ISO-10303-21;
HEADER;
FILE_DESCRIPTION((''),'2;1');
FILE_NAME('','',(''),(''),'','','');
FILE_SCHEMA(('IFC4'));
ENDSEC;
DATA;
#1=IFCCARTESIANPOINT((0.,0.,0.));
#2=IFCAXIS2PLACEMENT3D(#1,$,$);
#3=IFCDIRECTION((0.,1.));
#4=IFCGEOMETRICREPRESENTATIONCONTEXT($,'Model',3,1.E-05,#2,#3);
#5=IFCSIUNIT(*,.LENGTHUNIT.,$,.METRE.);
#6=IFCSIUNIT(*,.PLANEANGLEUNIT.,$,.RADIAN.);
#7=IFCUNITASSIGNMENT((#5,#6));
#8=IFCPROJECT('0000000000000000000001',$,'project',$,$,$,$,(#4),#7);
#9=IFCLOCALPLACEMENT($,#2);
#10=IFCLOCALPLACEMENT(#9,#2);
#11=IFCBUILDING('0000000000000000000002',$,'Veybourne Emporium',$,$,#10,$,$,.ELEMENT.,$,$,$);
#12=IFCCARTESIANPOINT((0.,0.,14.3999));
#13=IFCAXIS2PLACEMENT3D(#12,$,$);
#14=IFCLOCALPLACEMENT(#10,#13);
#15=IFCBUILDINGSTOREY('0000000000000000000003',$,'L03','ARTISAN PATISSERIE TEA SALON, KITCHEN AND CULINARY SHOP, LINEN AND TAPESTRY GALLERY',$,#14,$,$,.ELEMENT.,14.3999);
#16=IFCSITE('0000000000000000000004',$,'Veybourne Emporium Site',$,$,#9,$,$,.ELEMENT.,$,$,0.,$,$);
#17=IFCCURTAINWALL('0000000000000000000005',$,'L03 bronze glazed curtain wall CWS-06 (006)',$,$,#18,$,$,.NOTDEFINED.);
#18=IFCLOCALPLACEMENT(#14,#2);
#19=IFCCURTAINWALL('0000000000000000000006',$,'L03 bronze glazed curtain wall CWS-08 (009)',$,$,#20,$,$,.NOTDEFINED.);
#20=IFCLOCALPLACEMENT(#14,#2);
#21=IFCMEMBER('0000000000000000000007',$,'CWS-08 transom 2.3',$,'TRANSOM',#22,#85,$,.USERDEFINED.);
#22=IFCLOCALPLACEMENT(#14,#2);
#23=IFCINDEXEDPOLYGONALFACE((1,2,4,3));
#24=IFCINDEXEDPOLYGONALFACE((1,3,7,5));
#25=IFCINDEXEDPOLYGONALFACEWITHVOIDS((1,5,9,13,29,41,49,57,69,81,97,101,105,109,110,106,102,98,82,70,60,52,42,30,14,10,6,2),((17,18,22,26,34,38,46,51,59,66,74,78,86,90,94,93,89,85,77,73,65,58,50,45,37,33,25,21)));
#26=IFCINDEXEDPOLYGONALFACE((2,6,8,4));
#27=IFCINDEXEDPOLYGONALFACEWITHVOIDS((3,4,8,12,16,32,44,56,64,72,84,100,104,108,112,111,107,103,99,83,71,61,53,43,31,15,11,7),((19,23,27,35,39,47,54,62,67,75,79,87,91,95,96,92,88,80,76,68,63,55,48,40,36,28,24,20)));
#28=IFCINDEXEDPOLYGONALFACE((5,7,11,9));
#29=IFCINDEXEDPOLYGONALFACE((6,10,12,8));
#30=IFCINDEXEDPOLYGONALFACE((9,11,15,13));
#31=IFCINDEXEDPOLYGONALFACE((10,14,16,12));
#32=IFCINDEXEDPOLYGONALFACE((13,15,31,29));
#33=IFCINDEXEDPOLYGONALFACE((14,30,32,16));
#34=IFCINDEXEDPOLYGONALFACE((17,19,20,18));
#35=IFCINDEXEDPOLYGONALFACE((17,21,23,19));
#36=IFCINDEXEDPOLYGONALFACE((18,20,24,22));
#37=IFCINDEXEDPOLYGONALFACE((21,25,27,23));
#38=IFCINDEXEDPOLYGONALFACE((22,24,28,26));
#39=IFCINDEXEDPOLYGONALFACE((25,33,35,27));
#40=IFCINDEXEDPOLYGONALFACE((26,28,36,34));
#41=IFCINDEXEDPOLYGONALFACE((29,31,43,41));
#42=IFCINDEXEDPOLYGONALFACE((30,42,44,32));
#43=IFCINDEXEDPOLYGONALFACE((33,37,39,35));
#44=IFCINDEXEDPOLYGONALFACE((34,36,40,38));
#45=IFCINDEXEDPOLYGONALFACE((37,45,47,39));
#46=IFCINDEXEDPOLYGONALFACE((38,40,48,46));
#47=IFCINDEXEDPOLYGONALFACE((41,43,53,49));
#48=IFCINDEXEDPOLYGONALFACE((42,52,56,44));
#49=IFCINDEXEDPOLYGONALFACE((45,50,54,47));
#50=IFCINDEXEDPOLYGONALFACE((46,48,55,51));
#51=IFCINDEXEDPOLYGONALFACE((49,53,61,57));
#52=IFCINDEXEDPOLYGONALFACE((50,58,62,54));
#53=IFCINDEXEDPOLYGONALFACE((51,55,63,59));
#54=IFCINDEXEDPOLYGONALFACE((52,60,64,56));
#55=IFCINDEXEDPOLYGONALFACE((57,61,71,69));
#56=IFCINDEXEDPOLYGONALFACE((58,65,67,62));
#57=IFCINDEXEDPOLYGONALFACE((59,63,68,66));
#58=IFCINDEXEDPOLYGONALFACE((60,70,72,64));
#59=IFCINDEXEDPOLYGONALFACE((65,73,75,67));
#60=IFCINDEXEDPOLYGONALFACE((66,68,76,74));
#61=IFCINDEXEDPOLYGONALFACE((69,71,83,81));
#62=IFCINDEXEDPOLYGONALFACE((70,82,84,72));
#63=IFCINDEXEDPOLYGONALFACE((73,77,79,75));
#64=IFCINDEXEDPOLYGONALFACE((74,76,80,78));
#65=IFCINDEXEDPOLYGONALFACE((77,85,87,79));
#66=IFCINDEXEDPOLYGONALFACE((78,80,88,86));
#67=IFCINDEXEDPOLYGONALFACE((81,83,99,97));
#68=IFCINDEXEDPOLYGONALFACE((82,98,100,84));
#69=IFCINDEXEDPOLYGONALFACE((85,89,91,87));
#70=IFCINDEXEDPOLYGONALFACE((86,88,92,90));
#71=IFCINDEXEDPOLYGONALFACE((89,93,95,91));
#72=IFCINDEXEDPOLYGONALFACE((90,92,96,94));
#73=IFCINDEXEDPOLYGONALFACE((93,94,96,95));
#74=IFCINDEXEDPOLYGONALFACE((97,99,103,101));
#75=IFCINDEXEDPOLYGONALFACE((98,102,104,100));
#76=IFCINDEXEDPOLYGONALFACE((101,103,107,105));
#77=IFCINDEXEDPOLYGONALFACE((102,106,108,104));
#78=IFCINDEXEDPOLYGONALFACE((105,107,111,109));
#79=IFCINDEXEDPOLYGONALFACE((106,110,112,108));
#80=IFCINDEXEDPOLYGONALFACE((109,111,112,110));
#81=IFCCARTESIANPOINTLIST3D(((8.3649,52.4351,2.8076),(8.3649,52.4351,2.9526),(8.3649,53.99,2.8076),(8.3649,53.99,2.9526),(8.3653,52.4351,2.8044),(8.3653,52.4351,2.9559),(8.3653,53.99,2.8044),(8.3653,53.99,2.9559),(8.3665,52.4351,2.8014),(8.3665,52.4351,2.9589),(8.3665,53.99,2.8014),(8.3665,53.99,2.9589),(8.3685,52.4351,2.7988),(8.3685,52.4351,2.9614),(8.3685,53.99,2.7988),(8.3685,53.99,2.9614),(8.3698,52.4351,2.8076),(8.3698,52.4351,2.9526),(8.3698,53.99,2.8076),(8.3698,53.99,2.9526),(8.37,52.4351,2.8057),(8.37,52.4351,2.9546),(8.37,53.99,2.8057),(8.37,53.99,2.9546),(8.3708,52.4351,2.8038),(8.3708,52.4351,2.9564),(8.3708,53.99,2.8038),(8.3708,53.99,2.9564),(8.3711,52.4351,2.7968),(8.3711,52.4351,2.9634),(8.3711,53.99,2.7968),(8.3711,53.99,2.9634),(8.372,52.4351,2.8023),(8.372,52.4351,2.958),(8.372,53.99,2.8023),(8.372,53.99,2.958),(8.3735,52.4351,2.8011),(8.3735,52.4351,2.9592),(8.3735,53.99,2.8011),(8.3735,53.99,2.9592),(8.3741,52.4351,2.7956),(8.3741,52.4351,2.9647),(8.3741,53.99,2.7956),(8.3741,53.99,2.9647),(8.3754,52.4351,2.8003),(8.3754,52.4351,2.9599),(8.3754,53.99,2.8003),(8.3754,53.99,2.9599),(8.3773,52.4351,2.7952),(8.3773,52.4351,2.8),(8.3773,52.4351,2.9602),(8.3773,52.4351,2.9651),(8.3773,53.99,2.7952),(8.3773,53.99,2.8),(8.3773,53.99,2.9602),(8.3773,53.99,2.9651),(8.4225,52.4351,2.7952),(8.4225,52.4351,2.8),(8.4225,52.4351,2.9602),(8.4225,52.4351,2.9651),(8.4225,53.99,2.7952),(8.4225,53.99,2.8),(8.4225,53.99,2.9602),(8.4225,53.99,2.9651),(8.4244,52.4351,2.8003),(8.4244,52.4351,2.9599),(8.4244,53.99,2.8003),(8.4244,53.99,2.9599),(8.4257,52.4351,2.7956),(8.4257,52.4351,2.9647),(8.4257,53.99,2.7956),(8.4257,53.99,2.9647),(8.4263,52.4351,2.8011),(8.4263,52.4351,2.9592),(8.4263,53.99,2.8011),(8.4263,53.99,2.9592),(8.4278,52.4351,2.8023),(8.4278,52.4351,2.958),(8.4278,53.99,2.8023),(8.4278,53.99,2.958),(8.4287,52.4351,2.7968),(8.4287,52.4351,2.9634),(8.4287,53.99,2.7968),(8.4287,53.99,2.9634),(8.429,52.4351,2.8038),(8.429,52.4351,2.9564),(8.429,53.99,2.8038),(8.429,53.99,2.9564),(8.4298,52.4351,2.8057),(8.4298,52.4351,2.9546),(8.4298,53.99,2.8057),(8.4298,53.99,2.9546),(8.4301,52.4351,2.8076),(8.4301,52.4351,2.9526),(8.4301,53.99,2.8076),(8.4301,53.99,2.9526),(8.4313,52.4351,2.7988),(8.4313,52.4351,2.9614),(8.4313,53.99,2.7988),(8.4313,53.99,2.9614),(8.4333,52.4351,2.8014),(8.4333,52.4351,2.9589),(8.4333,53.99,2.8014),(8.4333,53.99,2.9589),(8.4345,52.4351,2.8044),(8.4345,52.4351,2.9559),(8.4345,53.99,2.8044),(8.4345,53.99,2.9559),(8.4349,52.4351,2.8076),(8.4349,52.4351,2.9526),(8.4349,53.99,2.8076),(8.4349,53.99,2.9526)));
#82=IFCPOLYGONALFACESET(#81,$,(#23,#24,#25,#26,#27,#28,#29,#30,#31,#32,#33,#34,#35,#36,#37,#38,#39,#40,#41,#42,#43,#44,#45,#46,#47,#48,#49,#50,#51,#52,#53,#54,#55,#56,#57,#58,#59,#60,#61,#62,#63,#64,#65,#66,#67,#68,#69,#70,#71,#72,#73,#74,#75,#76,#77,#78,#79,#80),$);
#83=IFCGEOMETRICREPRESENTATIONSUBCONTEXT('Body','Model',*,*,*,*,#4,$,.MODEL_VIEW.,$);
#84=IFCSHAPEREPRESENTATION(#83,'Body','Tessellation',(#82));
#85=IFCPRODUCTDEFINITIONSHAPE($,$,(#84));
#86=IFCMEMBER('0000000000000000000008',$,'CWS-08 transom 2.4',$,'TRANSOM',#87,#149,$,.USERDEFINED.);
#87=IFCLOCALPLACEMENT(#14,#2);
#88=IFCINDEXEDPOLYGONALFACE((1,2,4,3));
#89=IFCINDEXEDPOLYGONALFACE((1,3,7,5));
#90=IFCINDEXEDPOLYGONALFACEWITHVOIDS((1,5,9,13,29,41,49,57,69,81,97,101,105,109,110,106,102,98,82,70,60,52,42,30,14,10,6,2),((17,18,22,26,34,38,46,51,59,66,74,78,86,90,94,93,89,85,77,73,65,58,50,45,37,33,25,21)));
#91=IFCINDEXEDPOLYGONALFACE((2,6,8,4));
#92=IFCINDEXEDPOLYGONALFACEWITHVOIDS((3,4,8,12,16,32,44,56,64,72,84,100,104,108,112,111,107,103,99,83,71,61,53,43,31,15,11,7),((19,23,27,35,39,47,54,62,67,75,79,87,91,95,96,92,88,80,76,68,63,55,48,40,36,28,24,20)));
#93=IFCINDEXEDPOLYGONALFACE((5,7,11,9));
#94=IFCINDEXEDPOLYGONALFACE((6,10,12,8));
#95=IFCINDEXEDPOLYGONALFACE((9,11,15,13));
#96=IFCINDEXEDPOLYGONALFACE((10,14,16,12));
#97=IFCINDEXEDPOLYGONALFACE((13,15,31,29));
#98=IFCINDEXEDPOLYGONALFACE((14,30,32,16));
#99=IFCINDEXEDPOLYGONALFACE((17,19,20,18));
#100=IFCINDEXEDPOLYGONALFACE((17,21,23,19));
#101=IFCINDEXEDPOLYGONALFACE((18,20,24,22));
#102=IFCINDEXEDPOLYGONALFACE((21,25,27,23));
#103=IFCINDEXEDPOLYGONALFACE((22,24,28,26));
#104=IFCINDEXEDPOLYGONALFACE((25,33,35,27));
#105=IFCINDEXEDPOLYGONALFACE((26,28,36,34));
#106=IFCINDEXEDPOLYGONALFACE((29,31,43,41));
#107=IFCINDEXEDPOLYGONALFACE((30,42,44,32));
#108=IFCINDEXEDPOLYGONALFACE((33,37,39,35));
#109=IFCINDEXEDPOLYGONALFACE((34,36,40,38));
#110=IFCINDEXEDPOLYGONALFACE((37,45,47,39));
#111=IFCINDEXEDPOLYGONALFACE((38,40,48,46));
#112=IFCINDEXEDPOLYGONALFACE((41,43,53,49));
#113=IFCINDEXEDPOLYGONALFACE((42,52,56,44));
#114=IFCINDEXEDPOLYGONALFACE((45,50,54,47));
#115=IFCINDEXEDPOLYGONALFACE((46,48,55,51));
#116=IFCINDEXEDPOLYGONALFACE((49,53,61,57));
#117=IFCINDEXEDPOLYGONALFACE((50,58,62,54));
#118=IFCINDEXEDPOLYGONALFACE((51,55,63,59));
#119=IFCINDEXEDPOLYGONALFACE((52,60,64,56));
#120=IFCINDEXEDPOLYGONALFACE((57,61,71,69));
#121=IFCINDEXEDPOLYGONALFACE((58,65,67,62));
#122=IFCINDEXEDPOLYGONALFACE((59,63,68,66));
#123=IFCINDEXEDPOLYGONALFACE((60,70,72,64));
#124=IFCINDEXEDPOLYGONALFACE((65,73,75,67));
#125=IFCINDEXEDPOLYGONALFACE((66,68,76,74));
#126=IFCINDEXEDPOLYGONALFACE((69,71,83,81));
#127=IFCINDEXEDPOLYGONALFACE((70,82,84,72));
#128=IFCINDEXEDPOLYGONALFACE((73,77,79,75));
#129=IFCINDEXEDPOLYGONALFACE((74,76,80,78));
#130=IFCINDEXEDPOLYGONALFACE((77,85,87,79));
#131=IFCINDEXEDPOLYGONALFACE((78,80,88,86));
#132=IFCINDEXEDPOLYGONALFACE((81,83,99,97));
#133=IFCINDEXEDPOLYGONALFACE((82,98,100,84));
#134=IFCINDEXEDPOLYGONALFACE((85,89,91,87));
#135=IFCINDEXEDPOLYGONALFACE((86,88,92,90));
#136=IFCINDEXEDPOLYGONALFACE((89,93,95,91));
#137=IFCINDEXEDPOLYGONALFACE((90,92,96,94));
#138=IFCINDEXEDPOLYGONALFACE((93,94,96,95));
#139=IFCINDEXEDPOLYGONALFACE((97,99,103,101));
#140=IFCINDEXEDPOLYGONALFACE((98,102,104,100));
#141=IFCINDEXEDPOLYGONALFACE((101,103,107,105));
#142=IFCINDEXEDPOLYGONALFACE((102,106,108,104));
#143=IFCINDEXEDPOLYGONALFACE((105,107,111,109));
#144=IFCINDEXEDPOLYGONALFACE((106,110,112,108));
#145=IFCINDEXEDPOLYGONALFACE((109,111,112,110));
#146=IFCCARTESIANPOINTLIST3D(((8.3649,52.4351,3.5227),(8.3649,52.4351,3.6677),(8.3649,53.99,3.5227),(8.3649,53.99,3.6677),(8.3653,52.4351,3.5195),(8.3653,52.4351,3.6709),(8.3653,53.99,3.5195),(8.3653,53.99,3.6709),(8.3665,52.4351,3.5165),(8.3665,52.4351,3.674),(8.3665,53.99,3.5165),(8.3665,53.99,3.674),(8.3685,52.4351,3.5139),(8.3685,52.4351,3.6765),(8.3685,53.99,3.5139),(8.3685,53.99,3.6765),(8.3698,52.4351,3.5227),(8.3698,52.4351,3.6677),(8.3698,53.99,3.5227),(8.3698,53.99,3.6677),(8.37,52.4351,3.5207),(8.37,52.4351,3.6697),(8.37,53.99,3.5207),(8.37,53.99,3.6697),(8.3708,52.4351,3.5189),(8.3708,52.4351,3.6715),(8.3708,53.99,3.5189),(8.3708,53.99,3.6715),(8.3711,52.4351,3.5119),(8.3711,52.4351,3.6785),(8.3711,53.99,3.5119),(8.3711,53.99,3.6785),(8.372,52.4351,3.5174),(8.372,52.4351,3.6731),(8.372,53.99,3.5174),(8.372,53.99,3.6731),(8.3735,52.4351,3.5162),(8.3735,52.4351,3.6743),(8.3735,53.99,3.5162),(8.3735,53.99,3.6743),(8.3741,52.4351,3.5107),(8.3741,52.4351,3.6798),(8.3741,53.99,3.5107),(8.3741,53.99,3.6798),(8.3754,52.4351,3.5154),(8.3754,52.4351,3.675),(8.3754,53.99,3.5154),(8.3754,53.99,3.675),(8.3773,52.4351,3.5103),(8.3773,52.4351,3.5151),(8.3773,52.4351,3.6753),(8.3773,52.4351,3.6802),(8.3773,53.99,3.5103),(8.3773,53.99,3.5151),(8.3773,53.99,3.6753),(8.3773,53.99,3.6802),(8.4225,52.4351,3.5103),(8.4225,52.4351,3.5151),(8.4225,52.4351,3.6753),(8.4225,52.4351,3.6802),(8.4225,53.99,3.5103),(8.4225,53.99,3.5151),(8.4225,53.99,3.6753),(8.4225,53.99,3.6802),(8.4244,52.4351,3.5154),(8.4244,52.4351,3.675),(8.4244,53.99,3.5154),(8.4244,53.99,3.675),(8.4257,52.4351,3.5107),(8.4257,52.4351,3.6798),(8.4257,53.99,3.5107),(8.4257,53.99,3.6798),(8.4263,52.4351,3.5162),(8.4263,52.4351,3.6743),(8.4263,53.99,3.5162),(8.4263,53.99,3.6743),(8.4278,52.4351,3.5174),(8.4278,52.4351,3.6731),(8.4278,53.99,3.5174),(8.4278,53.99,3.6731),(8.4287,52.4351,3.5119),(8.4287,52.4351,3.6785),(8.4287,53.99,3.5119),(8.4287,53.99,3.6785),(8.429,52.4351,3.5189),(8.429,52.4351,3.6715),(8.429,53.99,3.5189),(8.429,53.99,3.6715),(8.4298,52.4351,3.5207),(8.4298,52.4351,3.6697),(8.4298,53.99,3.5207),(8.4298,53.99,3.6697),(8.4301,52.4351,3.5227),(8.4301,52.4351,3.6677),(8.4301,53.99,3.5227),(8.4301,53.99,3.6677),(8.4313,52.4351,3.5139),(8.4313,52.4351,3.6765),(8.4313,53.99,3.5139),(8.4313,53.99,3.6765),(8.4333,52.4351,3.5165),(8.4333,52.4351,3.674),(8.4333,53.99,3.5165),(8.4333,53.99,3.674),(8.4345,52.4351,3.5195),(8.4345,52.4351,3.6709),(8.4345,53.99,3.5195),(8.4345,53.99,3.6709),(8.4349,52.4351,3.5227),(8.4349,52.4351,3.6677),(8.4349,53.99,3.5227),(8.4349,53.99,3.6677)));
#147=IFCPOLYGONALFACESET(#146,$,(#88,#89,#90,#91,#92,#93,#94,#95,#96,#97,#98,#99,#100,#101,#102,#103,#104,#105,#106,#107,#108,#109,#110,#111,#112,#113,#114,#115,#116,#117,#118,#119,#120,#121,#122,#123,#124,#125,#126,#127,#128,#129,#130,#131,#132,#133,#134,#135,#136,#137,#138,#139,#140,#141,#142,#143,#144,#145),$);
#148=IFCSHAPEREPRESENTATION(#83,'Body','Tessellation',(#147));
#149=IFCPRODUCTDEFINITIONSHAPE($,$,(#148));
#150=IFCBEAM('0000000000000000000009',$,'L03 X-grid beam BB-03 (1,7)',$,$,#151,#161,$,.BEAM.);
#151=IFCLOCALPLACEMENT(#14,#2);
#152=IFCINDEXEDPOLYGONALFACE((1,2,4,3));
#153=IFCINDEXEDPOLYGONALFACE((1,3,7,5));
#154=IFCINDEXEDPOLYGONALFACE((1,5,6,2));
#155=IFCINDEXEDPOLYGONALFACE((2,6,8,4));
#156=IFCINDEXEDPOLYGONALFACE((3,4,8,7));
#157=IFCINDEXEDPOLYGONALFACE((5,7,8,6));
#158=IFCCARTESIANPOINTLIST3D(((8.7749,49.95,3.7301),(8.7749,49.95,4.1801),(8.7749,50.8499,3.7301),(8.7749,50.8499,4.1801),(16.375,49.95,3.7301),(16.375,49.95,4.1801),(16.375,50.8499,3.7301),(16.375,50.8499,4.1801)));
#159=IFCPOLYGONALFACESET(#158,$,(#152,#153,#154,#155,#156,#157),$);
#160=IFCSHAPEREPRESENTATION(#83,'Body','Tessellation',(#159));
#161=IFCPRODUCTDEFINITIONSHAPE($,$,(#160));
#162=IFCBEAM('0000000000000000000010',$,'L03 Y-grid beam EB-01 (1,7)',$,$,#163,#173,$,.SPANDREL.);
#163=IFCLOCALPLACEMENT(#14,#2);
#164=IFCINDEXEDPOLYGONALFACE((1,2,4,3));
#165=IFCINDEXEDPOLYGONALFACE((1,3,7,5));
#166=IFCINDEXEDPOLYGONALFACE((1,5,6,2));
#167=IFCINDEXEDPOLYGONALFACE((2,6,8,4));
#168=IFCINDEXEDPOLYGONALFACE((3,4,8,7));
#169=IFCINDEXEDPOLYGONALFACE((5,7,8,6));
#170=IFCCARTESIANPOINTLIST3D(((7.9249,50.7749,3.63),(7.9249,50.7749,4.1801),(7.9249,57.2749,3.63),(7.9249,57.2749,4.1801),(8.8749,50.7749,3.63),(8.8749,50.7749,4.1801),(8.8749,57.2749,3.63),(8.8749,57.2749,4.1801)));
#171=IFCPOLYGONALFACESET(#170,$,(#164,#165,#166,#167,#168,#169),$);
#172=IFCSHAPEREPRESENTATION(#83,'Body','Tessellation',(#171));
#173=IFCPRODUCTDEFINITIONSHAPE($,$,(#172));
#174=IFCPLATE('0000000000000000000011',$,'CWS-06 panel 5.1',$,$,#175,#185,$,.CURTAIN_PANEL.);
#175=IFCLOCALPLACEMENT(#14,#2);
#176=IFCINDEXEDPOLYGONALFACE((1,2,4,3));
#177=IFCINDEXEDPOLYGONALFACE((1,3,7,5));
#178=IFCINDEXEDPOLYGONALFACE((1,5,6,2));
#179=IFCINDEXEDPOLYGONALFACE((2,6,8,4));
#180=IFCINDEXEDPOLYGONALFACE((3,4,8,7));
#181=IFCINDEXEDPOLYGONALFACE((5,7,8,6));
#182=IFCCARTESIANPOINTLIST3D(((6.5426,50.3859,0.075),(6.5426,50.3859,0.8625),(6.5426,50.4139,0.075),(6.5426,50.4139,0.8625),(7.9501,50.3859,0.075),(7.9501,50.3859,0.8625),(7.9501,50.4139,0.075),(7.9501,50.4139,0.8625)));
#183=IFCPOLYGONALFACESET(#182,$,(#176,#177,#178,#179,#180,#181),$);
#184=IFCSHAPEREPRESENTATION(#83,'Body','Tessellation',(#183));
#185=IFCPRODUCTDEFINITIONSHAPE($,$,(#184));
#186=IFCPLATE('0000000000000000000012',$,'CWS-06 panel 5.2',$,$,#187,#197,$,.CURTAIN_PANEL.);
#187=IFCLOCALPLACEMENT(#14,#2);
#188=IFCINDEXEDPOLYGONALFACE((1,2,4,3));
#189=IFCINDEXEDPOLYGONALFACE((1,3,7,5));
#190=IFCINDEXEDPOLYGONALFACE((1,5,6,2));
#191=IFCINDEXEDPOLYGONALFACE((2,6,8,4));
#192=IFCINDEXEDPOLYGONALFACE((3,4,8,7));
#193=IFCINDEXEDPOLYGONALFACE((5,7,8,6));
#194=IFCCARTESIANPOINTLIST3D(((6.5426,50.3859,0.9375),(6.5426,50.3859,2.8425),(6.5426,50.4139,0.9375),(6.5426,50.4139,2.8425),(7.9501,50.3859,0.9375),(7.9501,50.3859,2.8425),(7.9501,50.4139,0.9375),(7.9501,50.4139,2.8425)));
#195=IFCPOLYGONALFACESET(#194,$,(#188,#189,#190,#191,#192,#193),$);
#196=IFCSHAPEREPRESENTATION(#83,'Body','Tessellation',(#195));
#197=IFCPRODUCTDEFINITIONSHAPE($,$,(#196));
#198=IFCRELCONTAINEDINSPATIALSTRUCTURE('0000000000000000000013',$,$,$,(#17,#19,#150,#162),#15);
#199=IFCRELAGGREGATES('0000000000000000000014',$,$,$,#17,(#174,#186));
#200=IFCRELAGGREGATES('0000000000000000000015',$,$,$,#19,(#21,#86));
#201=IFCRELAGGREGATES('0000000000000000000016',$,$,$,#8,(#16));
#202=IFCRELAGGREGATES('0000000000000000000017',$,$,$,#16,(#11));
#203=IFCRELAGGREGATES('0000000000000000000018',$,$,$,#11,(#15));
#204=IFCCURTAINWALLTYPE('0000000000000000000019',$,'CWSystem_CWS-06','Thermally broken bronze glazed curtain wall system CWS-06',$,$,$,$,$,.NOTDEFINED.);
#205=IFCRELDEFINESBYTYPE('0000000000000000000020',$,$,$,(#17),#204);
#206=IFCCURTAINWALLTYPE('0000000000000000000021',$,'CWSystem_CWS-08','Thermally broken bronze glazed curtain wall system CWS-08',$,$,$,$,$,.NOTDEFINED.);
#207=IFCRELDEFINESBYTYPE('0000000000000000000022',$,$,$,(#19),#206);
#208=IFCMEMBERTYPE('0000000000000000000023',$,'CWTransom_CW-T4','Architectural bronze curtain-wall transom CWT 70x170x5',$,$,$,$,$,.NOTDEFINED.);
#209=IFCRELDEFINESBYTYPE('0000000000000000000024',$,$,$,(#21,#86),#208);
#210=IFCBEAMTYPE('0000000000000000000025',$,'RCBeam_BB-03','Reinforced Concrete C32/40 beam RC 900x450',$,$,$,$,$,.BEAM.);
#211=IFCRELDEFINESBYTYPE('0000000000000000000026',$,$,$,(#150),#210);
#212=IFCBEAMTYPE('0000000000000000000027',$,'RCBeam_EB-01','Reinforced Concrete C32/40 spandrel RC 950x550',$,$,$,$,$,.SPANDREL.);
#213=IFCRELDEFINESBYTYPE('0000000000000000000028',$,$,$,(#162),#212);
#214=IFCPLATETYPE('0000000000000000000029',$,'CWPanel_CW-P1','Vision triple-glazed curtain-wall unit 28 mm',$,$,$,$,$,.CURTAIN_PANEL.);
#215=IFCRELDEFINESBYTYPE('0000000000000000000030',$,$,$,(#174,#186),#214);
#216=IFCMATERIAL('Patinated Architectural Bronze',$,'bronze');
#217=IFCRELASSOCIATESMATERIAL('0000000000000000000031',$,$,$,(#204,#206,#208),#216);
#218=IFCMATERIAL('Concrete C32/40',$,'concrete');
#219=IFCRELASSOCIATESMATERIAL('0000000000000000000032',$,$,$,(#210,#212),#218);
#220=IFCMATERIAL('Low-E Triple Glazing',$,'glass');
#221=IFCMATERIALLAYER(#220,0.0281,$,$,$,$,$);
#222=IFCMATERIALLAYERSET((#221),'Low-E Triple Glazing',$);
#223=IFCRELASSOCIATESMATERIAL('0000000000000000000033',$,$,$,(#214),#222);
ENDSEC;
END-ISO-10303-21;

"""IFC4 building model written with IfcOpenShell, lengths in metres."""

from ifc_helpers import new_model, si_unit, direction, frame, origin, origin_2d, place, context, subcontext, project, spatial, rectangle, hollow_rectangle, extrude, material, layer, layer_set, material_profile, profile_set, type_object, element, aggregate, save


model = new_model("IFC4")

# Units and contexts
model_context = context("Model", 3, precision=1e-05, world=origin(), true_north=direction((0.0, 1.0)))
body_context = subcontext(model_context, "Body", "Model", "MODEL_VIEW")
ifc_project = project(units=[si_unit("LENGTHUNIT", "METRE"), si_unit("PLANEANGLEUNIT", "RADIAN")], contexts=[model_context])

# Site, building, storey
site_placement = place(None, origin())
site = spatial("IfcSite", under=ifc_project, at=site_placement, Name="Veybourne Emporium Site", CompositionType="ELEMENT", RefElevation=0.0)
building_placement = place(site_placement, origin())
building = spatial("IfcBuilding", under=site, at=building_placement, Name="Veybourne Emporium", CompositionType="ELEMENT")
storey_placement = place(building_placement, frame((0.0, 0.0, 14.3999)))
storey = spatial("IfcBuildingStorey", under=building, at=storey_placement, Name="L03", Description="ARTISAN PATISSERIE TEA SALON, KITCHEN AND CULINARY SHOP, LINEN AND TAPESTRY GALLERY", CompositionType="ELEMENT", Elevation=14.3999)

# Curtain walls
ifc_material_1 = material(Name="Patinated Architectural Bronze", Category="bronze")
curtain_wall_type_1 = type_object("IfcCurtainWallType", Name="CWSystem_CWS-06", Description="Thermally broken bronze glazed curtain wall system CWS-06", PredefinedType="NOTDEFINED", material=ifc_material_1)
curtain_wall_1_placement = place(storey_placement, origin())
curtain_wall_1 = element("IfcCurtainWall", 1, at=curtain_wall_1_placement, inside=storey, type_object=curtain_wall_type_1, Name="L03 bronze glazed curtain wall CWS-06 (006)", PredefinedType="NOTDEFINED")
curtain_wall_type_2 = type_object("IfcCurtainWallType", Name="CWSystem_CWS-08", Description="Thermally broken bronze glazed curtain wall system CWS-08", PredefinedType="NOTDEFINED", material=ifc_material_1)
curtain_wall_2_placement = place(storey_placement, origin())
curtain_wall_2 = element("IfcCurtainWall", 2, at=curtain_wall_2_placement, inside=storey, type_object=curtain_wall_type_2, Name="L03 bronze glazed curtain wall CWS-08 (009)", PredefinedType="NOTDEFINED")

# Members
ifc_material_profile_1 = material_profile(ifc_material_1, hollow_rectangle(XDim=0.0701, YDim=0.1699, WallThickness=0.0049, InnerFilletRadius=0.0076, OuterFilletRadius=0.0125, at=origin_2d()), Name="CWT 70x170x5")
ifc_profile_set_1 = profile_set([ifc_material_profile_1], Name="Patinated Architectural Bronze")
member_type_1 = type_object("IfcMemberType", Name="CWTransom_CW-T4", Description="Architectural bronze curtain-wall transom CWT 70x170x5", PredefinedType="NOTDEFINED", material=ifc_profile_set_1)
member_1_placement = place(storey_placement, frame((8.3999, 52.4351, 2.8801), z_axis=(0.0, 1.0, 0.0), x_axis=(-1.0, 0.0, 0.0)))
member_1 = element("IfcMember", 3, at=member_1_placement, type_object=member_type_1, Name="CWS-08 transom 2.3", ObjectType="TRANSOM", PredefinedType="USERDEFINED", context=body_context, shape_type="SweptSolid", body=[
    extrude(hollow_rectangle(XDim=0.0701, YDim=0.1699, WallThickness=0.0049, InnerFilletRadius=0.0076, OuterFilletRadius=0.0125, at=origin_2d()), origin(), (0.0, 0.0, 1.0), 1.5549),
])
member_2_placement = place(storey_placement, frame((8.3999, 52.4351, 3.5952), z_axis=(0.0, 1.0, 0.0), x_axis=(-1.0, 0.0, 0.0)))
member_2 = element("IfcMember", 4, at=member_2_placement, type_object=member_type_1, Name="CWS-08 transom 2.4", ObjectType="TRANSOM", PredefinedType="USERDEFINED", context=body_context, shape_type="SweptSolid", body=[
    extrude(hollow_rectangle(XDim=0.0701, YDim=0.1699, WallThickness=0.0049, InnerFilletRadius=0.0076, OuterFilletRadius=0.0125, at=origin_2d()), origin(), (0.0, 0.0, 1.0), 1.5549),
])

# Beams
ifc_material_2 = material(Name="Concrete C32/40", Category="concrete")
ifc_material_profile_2 = material_profile(ifc_material_2, rectangle(XDim=0.8999, YDim=0.45, at=origin_2d()), Name="RC 900x450")
ifc_profile_set_2 = profile_set([ifc_material_profile_2], Name="Concrete C32/40")
beam_type_1 = type_object("IfcBeamType", Name="RCBeam_BB-03", Description="Reinforced Concrete C32/40 beam RC 900x450", PredefinedType="BEAM", material=ifc_profile_set_2)
beam_1_placement = place(storey_placement, frame((8.7749, 50.3999, 3.9551), z_axis=(1.0, 0.0, 0.0), x_axis=(0.0, 1.0, 0.0)))
element("IfcBeam", 5, at=beam_1_placement, inside=storey, type_object=beam_type_1, Name="L03 X-grid beam BB-03 (1,7)", PredefinedType="BEAM", context=body_context, shape_type="SweptSolid", body=[
    extrude(rectangle(XDim=0.8999, YDim=0.45, at=origin_2d()), origin(), (0.0, 0.0, 1.0), 7.6001),
])
ifc_material_profile_3 = material_profile(ifc_material_2, rectangle(XDim=0.95, YDim=0.55, at=origin_2d()), Name="RC 950x550")
ifc_profile_set_3 = profile_set([ifc_material_profile_3], Name="Concrete C32/40")
beam_type_2 = type_object("IfcBeamType", Name="RCBeam_EB-01", Description="Reinforced Concrete C32/40 spandrel RC 950x550", PredefinedType="SPANDREL", material=ifc_profile_set_3)
beam_2_placement = place(storey_placement, frame((8.3999, 50.7749, 3.905), z_axis=(0.0, 1.0, 0.0), x_axis=(-1.0, 0.0, 0.0)))
element("IfcBeam", 6, at=beam_2_placement, inside=storey, type_object=beam_type_2, Name="L03 Y-grid beam EB-01 (1,7)", PredefinedType="SPANDREL", context=body_context, shape_type="SweptSolid", body=[
    extrude(rectangle(XDim=0.95, YDim=0.55, at=origin_2d()), origin(), (0.0, 0.0, 1.0), 6.5),
])

# Plates
ifc_material_3 = material(Name="Low-E Triple Glazing", Category="glass")
ifc_layer_1 = layer(ifc_material_3, 0.0281)
ifc_layer_set_1 = layer_set([ifc_layer_1], Name="Low-E Triple Glazing")
plate_type = type_object("IfcPlateType", Name="CWPanel_CW-P1", Description="Vision triple-glazed curtain-wall unit 28 mm", PredefinedType="CURTAIN_PANEL", material=ifc_layer_set_1)
plate_1_placement = place(storey_placement, frame((7.2463, 50.3999, 0.075), z_axis=(0.0, 0.0, 1.0), x_axis=(1.0, 0.0, 0.0)))
plate_1 = element("IfcPlate", 7, at=plate_1_placement, type_object=plate_type, Name="CWS-06 panel 5.1", PredefinedType="CURTAIN_PANEL", context=body_context, shape_type="SweptSolid", body=[
    extrude(rectangle(XDim=1.4075, YDim=0.0281, at=origin_2d()), origin(), (0.0, 0.0, 1.0), 0.7876),
])
plate_2_placement = place(storey_placement, frame((7.2463, 50.3999, 0.9375), z_axis=(0.0, 0.0, 1.0), x_axis=(1.0, 0.0, 0.0)))
plate_2 = element("IfcPlate", 8, at=plate_2_placement, type_object=plate_type, Name="CWS-06 panel 5.2", PredefinedType="CURTAIN_PANEL", context=body_context, shape_type="SweptSolid", body=[
    extrude(rectangle(XDim=1.4075, YDim=0.0281, at=origin_2d()), origin(), (0.0, 0.0, 1.0), 1.905),
])
aggregate(curtain_wall_1, [plate_1, plate_2])
aggregate(curtain_wall_2, [member_1, member_2])

save(model, "model.ifc")
